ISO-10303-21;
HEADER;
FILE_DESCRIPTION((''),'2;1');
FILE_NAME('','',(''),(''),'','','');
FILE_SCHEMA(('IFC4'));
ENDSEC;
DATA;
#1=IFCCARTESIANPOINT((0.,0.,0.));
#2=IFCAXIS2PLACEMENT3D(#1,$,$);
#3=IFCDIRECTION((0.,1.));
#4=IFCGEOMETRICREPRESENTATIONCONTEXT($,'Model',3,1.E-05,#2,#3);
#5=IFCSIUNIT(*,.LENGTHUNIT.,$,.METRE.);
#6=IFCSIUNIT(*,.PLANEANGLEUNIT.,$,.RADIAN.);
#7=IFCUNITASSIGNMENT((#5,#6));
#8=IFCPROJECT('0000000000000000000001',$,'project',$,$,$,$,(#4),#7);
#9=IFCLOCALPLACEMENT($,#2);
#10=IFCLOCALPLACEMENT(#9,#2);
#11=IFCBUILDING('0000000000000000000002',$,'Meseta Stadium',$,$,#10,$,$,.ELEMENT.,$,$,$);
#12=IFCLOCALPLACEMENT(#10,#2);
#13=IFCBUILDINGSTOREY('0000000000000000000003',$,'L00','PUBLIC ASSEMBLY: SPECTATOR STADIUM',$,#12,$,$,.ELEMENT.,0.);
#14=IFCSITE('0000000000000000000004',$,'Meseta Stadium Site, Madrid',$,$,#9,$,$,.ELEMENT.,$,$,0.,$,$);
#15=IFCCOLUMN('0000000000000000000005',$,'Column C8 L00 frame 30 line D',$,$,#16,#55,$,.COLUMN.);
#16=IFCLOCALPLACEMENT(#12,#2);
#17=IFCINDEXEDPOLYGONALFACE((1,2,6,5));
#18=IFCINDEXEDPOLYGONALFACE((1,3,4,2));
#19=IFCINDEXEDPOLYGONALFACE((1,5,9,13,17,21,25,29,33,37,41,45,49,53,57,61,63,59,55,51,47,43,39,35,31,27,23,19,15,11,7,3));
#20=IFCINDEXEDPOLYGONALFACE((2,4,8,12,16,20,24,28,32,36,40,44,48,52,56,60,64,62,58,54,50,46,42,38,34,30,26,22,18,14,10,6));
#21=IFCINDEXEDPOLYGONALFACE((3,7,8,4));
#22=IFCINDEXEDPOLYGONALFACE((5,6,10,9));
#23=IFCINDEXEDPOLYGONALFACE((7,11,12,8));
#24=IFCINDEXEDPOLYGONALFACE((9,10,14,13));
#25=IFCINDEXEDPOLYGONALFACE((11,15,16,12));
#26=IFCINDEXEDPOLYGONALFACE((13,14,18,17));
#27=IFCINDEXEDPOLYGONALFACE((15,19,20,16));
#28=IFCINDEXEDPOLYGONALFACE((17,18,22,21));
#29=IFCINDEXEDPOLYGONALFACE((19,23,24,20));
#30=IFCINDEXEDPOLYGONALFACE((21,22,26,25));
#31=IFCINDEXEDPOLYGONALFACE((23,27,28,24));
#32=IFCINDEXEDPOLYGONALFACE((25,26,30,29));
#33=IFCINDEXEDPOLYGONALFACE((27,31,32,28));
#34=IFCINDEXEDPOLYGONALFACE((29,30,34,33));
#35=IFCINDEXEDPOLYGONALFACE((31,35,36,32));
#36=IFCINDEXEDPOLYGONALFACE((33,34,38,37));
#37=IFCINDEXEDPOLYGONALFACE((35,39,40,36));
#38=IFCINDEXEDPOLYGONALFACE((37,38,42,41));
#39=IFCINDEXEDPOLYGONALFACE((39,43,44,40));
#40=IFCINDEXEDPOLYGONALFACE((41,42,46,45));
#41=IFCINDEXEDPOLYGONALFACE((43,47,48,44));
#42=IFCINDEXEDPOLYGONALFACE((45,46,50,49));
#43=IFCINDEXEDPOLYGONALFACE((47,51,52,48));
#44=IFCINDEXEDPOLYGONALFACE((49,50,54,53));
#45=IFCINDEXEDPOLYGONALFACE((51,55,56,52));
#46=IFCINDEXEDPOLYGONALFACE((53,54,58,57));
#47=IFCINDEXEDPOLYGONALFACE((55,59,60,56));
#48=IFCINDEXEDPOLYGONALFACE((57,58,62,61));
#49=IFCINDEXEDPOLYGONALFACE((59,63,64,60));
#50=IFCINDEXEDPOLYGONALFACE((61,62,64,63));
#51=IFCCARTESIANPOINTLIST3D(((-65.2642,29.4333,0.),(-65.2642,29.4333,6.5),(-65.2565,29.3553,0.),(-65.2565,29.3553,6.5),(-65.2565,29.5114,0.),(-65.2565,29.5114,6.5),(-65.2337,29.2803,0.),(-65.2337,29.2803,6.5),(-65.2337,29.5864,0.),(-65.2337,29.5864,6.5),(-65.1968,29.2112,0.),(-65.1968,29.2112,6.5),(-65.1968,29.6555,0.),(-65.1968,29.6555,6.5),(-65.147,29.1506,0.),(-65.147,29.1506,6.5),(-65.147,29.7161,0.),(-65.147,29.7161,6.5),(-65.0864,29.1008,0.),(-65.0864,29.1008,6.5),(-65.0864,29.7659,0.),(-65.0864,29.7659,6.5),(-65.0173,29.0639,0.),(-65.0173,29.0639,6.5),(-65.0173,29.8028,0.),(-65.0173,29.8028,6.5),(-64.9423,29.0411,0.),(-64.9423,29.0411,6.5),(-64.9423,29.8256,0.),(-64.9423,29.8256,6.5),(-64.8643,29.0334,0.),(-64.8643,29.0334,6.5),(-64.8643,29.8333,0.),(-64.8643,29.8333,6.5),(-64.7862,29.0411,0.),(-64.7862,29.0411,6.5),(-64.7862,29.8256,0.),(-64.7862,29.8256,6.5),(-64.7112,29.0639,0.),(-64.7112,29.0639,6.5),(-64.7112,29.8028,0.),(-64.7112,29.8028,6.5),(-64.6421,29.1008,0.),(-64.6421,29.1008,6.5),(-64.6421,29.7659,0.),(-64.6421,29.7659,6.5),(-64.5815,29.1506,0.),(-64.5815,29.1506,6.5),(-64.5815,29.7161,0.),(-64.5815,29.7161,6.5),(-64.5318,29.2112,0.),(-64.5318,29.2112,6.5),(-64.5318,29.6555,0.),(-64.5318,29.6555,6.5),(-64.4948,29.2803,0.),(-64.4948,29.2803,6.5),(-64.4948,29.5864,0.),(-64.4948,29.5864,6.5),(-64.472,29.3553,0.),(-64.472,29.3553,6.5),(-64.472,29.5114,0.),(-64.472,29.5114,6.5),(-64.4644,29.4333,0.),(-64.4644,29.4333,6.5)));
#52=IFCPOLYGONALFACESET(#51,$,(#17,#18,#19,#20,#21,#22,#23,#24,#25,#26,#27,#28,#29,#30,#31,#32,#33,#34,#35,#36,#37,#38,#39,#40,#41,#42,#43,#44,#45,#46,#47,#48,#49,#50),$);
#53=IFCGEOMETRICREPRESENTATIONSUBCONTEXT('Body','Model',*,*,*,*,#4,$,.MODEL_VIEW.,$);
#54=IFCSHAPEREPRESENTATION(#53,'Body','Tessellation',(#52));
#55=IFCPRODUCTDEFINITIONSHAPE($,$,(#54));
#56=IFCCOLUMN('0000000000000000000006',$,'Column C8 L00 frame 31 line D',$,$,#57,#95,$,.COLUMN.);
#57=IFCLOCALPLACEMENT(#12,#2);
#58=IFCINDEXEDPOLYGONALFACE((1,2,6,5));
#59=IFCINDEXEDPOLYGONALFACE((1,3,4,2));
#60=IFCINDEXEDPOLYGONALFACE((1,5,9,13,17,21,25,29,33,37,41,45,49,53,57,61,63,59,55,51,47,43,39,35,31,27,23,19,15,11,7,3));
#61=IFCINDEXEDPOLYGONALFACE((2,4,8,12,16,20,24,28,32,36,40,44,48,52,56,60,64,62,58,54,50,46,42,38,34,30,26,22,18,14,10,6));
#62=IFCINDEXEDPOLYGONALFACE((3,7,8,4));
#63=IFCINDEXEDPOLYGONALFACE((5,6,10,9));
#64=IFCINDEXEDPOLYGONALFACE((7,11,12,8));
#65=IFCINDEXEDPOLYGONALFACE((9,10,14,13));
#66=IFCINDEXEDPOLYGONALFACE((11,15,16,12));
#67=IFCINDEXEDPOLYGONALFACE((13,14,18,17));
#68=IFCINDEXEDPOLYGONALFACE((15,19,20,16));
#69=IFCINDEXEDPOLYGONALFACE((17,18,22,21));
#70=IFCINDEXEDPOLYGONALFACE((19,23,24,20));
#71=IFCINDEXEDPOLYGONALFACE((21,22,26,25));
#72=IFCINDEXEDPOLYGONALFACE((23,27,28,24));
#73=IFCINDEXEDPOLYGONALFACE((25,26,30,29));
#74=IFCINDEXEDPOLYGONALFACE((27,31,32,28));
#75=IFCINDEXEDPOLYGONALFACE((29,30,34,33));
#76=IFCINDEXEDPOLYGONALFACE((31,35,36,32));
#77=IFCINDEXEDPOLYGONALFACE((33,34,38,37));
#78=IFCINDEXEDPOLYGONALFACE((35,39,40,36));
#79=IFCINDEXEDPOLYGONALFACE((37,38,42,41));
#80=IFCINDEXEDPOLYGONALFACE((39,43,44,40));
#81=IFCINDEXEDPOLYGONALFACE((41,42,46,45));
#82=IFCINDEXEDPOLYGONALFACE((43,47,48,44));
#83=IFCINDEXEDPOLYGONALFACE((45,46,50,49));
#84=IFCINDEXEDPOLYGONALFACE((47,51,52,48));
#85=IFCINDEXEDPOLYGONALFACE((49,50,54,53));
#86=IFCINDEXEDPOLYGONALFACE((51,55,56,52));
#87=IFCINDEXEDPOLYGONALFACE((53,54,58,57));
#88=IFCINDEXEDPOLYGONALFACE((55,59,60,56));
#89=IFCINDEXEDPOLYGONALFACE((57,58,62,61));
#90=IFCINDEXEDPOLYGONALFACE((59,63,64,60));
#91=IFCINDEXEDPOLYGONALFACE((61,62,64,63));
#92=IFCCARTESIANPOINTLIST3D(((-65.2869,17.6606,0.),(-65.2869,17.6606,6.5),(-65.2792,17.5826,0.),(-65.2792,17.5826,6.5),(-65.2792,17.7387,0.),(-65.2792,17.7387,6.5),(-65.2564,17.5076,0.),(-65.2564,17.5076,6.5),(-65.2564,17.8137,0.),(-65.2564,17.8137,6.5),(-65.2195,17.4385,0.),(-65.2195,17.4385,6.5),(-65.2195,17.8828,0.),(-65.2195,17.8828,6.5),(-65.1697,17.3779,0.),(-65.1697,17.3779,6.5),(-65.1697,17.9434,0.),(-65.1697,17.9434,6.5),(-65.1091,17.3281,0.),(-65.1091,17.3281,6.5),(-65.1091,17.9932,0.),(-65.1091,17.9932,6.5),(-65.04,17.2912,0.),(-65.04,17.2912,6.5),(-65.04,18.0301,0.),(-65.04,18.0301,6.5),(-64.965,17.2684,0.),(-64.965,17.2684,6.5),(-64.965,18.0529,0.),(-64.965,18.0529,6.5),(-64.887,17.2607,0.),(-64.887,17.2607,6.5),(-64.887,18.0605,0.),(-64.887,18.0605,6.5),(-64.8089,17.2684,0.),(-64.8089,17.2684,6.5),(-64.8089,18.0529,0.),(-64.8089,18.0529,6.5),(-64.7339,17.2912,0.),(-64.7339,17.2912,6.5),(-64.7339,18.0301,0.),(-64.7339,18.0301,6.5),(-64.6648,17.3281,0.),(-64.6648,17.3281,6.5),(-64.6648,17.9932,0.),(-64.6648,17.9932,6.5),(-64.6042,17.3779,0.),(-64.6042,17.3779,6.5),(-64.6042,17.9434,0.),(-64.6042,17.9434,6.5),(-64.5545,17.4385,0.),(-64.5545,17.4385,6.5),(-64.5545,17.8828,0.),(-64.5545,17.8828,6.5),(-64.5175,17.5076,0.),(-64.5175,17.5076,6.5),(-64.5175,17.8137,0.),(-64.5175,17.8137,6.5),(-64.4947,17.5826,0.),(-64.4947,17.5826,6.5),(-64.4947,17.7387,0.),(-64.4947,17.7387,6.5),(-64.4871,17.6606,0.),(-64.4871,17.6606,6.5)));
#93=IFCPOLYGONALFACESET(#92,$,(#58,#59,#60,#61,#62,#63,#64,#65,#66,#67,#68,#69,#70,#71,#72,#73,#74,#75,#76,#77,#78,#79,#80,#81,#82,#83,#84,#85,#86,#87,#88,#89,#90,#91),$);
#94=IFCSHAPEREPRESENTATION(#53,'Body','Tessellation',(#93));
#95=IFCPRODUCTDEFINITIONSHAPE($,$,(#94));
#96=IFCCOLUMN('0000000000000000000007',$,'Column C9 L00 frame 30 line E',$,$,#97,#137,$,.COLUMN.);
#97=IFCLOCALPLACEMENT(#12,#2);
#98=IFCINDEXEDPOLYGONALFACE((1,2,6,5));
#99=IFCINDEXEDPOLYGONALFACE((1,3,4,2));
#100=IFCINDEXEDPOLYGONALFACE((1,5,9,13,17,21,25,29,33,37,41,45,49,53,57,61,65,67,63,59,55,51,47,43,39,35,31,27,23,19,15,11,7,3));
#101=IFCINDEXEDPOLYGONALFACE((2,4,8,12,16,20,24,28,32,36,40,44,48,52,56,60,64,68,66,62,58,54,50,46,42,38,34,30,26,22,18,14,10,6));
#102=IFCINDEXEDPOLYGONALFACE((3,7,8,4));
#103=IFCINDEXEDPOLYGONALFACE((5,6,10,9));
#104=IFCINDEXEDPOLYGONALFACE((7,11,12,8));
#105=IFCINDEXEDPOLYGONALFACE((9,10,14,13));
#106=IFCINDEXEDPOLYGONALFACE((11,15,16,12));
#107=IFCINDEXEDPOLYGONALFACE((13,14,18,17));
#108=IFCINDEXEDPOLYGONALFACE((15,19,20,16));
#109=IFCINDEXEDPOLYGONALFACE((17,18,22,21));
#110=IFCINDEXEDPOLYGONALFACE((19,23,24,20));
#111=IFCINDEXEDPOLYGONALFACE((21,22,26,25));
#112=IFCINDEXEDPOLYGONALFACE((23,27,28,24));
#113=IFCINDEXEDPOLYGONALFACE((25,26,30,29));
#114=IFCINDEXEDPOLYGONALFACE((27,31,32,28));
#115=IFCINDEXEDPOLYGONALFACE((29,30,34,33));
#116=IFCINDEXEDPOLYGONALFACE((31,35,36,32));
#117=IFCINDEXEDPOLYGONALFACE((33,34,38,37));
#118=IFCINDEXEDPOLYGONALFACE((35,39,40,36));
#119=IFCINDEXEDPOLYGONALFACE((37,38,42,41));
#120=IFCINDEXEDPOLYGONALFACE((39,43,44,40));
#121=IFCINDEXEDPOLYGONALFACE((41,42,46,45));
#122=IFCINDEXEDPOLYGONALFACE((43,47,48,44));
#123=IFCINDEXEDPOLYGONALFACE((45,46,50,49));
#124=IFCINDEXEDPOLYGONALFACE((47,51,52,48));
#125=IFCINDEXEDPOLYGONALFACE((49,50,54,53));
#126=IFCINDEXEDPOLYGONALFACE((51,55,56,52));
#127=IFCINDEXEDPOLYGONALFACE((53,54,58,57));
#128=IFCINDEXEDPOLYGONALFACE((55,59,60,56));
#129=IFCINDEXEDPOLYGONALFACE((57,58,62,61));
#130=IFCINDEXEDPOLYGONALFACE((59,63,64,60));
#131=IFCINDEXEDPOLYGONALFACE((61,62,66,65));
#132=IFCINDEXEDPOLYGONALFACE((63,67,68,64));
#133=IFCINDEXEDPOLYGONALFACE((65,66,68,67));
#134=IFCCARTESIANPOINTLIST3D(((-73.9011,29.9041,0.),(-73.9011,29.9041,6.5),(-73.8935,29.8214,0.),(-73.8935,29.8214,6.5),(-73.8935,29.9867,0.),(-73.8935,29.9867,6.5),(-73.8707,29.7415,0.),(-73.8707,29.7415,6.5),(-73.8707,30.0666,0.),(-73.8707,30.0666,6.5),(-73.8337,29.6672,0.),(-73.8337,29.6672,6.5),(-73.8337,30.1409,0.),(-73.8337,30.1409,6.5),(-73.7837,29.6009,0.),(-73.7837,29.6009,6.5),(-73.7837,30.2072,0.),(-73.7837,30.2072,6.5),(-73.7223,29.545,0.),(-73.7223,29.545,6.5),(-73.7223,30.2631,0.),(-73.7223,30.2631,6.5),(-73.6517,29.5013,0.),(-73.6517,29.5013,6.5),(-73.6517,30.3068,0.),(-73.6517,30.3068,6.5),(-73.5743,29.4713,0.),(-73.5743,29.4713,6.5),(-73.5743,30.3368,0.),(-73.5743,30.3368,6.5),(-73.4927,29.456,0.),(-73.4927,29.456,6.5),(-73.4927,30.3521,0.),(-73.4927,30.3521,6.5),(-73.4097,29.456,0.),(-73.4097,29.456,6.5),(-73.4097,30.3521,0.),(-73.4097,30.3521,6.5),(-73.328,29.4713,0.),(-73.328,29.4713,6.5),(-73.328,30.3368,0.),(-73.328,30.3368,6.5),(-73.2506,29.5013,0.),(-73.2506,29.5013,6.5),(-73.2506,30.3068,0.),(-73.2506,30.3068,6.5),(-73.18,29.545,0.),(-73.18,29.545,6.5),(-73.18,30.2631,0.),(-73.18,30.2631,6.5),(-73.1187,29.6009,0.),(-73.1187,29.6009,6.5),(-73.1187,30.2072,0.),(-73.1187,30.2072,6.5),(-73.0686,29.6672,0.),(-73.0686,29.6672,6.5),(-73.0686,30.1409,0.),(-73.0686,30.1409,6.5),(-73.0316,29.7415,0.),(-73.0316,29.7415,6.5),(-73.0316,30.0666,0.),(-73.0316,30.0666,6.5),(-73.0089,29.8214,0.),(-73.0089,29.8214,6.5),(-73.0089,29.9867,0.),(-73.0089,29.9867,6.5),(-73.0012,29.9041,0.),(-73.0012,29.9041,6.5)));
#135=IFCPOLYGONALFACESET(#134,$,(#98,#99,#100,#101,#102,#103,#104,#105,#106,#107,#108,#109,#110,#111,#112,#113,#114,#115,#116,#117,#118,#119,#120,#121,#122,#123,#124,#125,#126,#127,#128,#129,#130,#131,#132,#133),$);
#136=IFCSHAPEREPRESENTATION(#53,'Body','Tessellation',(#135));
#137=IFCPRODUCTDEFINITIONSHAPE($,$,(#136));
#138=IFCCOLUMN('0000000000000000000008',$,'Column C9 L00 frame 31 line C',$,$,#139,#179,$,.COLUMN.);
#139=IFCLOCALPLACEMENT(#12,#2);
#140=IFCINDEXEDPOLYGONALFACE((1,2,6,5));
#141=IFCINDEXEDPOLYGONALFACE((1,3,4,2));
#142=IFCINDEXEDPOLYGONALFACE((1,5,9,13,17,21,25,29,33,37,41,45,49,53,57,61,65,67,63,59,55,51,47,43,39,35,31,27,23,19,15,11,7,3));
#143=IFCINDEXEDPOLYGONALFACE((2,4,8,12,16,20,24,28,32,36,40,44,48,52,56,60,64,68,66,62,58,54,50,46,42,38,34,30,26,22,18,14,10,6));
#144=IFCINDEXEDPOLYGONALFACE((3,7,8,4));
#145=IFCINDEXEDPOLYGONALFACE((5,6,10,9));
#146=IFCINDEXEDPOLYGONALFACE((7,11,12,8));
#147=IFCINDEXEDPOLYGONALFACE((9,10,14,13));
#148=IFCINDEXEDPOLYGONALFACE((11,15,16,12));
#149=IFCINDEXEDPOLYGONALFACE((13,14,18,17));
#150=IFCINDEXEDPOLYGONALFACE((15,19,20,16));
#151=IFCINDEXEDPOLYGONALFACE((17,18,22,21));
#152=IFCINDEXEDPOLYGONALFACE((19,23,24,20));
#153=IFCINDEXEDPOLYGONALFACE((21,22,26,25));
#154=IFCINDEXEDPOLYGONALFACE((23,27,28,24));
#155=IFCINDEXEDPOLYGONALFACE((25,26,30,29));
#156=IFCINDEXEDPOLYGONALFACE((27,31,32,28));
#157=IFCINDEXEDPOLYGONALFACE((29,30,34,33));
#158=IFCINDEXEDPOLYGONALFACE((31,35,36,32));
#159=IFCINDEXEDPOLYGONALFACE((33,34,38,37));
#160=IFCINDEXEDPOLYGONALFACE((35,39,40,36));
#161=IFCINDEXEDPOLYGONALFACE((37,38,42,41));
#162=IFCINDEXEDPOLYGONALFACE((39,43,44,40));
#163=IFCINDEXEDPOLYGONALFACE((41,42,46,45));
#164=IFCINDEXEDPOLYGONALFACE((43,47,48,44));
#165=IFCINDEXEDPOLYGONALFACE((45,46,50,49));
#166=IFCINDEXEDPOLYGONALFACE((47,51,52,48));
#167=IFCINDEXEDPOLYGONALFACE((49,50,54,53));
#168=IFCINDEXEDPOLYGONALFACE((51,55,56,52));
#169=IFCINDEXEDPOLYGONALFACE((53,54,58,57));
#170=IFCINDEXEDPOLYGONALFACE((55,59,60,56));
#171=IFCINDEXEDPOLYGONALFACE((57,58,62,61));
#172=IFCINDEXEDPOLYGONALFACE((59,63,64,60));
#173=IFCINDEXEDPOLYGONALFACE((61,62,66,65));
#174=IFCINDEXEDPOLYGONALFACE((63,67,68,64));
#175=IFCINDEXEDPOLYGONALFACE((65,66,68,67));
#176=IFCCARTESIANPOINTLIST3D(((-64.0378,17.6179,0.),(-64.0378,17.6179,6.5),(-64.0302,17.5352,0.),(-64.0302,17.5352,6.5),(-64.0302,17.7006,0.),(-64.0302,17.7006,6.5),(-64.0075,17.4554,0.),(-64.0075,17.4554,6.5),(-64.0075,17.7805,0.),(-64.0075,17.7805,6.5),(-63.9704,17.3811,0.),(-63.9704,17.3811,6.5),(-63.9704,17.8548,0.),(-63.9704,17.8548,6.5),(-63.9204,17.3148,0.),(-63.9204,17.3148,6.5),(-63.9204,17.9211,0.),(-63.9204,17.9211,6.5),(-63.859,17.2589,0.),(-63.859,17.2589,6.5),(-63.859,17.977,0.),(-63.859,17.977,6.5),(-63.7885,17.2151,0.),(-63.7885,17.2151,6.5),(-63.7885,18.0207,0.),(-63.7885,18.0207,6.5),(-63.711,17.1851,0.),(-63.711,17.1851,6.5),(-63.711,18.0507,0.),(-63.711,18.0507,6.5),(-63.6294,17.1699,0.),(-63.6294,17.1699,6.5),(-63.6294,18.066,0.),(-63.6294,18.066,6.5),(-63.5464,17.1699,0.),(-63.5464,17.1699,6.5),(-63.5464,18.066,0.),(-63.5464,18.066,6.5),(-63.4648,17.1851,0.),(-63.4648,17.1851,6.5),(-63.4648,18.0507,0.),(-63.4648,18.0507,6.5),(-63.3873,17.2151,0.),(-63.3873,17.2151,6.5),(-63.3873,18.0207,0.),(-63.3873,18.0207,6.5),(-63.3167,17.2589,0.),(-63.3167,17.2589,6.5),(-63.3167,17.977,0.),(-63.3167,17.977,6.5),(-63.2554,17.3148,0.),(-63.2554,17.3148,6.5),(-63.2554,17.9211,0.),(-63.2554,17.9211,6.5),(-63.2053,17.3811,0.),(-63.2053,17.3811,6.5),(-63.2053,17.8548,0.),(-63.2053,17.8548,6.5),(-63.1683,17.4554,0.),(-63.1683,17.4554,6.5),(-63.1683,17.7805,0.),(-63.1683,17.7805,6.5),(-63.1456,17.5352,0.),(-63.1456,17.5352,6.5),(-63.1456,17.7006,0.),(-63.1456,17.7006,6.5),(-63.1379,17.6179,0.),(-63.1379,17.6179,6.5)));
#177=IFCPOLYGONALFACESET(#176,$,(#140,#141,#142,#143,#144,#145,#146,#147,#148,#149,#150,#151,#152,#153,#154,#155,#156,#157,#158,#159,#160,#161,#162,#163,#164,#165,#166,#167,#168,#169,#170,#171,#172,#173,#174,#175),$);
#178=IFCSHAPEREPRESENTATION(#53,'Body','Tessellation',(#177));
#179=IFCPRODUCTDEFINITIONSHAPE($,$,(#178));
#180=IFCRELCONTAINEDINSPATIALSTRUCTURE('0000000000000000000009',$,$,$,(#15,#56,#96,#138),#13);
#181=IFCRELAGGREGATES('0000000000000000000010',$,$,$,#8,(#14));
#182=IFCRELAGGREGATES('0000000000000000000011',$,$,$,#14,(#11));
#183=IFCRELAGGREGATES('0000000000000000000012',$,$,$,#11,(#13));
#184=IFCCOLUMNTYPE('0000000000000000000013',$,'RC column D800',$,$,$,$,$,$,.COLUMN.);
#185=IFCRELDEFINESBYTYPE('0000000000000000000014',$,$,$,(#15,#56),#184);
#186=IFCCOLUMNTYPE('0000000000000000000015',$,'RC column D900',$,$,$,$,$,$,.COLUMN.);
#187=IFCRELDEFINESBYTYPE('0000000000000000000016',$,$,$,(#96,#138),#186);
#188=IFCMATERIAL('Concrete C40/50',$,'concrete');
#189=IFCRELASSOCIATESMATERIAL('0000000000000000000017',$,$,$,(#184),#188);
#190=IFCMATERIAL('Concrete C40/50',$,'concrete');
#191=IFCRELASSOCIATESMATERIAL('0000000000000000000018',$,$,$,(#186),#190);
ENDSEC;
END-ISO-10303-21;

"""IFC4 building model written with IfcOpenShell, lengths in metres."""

from ifc_helpers import new_model, si_unit, direction, frame, origin, origin_2d, place, context, subcontext, project, spatial, circle, extrude, material, material_profile, profile_set, type_object, element, save


model = new_model("IFC4")

# Units and contexts
model_context = context("Model", 3, precision=1e-05, world=origin(), true_north=direction((0.0, 1.0)))
body_context = subcontext(model_context, "Body", "Model", "MODEL_VIEW")
ifc_project = project(units=[si_unit("LENGTHUNIT", "METRE"), si_unit("PLANEANGLEUNIT", "RADIAN")], contexts=[model_context])

# Site, building, storey
site_placement = place(None, origin())
site = spatial("IfcSite", under=ifc_project, at=site_placement, Name="Meseta Stadium Site, Madrid", CompositionType="ELEMENT", RefElevation=0.0)
building_placement = place(site_placement, origin())
building = spatial("IfcBuilding", under=site, at=building_placement, Name="Meseta Stadium", CompositionType="ELEMENT")
storey_placement = place(building_placement, origin())
storey = spatial("IfcBuildingStorey", under=building, at=storey_placement, Name="L00", Description="PUBLIC ASSEMBLY: SPECTATOR STADIUM", CompositionType="ELEMENT", Elevation=0.0)

# Columns
ifc_material_1 = material(Name="Concrete C40/50", Category="concrete")
ifc_material_profile_1 = material_profile(ifc_material_1, circle(Radius=0.3999, at=origin_2d()), Name="RC D800")
ifc_profile_set_1 = profile_set([ifc_material_profile_1], Name="Concrete C40/50")
column_type_1 = type_object("IfcColumnType", Name="RC column D800", PredefinedType="COLUMN", material=ifc_profile_set_1)
for number, where, z_axis, x_axis, name in (
    (1, (-64.8643, 29.4333, 0.0), (0.0, 0.0, 1.0), (1.0, 0.0, 0.0), "Column C8 L00 frame 30 line D"),
    (2, (-64.887, 17.6606, 0.0), (0.0, 0.0, 1.0), (1.0, 0.0, 0.0), "Column C8 L00 frame 31 line D"),
):
    element("IfcColumn", number, at=place(storey_placement, frame(where, z_axis=z_axis, x_axis=x_axis)), inside=storey, type_object=column_type_1, Name=name, PredefinedType="COLUMN", context=body_context, shape_type="SweptSolid", body=[
        extrude(circle(Radius=0.3999, at=origin_2d()), origin(), (0.0, 0.0, 1.0), 6.5),
    ])
ifc_material_2 = material(Name="Concrete C40/50", Category="concrete")
ifc_material_profile_2 = material_profile(ifc_material_2, circle(Radius=0.45, at=origin_2d()), Name="RC D900")
ifc_profile_set_2 = profile_set([ifc_material_profile_2], Name="Concrete C40/50")
column_type_2 = type_object("IfcColumnType", Name="RC column D900", PredefinedType="COLUMN", material=ifc_profile_set_2)
for number, where, z_axis, x_axis, name in (
    (3, (-73.4512, 29.9041, 0.0), (0.0, 0.0, 1.0), (1.0, 0.0, 0.0), "Column C9 L00 frame 30 line E"),
    (4, (-63.5879, 17.6179, 0.0), (0.0, 0.0, 1.0), (1.0, 0.0, 0.0), "Column C9 L00 frame 31 line C"),
):
    element("IfcColumn", number, at=place(storey_placement, frame(where, z_axis=z_axis, x_axis=x_axis)), inside=storey, type_object=column_type_2, Name=name, PredefinedType="COLUMN", context=body_context, shape_type="SweptSolid", body=[
        extrude(circle(Radius=0.45, at=origin_2d()), origin(), (0.0, 0.0, 1.0), 6.5),
    ])

save(model, "model.ifc")
